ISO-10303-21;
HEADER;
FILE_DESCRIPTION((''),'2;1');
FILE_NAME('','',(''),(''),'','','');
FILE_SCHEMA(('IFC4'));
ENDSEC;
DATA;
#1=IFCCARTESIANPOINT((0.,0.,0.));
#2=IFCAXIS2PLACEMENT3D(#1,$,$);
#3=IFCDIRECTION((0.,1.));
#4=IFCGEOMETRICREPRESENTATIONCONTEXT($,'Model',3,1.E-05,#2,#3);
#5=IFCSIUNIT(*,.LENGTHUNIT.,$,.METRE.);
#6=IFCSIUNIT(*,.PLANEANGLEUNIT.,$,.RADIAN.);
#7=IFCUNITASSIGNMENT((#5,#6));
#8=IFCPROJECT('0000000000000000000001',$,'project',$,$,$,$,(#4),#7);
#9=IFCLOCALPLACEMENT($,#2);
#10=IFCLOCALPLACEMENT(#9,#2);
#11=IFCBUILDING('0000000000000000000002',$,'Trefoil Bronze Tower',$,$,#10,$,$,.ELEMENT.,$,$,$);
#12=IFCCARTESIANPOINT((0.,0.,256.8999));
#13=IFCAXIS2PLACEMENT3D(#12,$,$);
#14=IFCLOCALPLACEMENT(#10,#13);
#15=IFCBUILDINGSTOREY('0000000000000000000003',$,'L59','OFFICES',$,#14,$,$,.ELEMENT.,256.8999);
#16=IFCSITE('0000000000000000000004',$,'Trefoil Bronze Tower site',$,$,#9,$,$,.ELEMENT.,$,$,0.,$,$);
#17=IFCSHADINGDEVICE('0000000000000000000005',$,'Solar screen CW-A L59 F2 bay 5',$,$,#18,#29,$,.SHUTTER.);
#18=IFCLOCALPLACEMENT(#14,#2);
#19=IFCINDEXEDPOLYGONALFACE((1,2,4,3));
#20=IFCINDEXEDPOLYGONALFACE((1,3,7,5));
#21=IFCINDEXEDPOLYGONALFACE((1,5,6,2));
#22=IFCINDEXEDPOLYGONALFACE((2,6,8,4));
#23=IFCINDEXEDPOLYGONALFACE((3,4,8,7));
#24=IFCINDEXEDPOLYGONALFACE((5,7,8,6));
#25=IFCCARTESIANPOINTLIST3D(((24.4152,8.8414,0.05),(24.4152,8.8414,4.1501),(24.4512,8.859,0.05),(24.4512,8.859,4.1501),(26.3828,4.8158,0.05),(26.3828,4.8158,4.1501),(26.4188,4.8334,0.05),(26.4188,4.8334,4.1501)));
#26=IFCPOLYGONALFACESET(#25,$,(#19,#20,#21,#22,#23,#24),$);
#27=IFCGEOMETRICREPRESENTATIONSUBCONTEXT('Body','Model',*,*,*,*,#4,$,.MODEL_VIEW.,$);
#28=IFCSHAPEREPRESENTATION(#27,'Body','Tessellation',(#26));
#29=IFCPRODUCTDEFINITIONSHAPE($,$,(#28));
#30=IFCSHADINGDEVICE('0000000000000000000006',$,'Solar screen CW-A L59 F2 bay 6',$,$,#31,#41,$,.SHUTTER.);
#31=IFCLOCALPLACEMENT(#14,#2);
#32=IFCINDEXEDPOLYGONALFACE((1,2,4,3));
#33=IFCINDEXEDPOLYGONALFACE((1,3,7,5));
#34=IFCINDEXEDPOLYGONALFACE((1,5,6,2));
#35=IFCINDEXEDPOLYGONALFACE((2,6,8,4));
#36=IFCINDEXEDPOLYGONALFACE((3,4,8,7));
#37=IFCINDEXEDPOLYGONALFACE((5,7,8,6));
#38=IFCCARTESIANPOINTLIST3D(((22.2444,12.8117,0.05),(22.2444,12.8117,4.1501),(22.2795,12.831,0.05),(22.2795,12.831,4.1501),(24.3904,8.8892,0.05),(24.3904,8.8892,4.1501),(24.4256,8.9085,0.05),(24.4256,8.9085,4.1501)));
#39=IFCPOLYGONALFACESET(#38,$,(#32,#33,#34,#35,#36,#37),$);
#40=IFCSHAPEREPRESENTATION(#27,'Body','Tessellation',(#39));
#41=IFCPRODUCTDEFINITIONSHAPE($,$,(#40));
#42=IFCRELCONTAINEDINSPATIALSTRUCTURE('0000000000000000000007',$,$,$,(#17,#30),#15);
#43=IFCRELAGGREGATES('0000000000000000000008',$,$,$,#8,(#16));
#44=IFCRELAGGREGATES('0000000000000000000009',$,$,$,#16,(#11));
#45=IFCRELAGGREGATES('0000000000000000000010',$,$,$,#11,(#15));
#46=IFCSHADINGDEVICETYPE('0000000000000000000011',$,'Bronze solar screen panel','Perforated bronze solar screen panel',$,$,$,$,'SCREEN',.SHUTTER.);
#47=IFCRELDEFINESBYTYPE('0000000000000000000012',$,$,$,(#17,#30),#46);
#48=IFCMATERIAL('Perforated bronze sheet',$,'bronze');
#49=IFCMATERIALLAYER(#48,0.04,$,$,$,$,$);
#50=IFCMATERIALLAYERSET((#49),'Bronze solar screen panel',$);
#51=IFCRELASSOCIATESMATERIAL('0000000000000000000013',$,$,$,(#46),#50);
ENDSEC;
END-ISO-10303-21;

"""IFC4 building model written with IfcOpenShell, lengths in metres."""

from ifc_helpers import new_model, si_unit, direction, frame, origin, origin_2d, place, context, subcontext, project, spatial, rectangle, extrude, material, layer, layer_set, type_object, element, save


model = new_model("IFC4")

# Units and contexts
model_context = context("Model", 3, precision=1e-05, world=origin(), true_north=direction((0.0, 1.0)))
body_context = subcontext(model_context, "Body", "Model", "MODEL_VIEW")
ifc_project = project(units=[si_unit("LENGTHUNIT", "METRE"), si_unit("PLANEANGLEUNIT", "RADIAN")], contexts=[model_context])

# Site, building, storey
site_placement = place(None, origin())
site = spatial("IfcSite", under=ifc_project, at=site_placement, Name="Trefoil Bronze Tower site", CompositionType="ELEMENT", RefElevation=0.0)
building_placement = place(site_placement, origin())
building = spatial("IfcBuilding", under=site, at=building_placement, Name="Trefoil Bronze Tower", CompositionType="ELEMENT")
storey_placement = place(building_placement, frame((0.0, 0.0, 256.8999)))
storey = spatial("IfcBuildingStorey", under=building, at=storey_placement, Name="L59", Description="OFFICES", CompositionType="ELEMENT", Elevation=256.8999)

# Shading devices
ifc_material_1 = material(Name="Perforated bronze sheet", Category="bronze")
ifc_layer_1 = layer(ifc_material_1, 0.04)
ifc_layer_set_1 = layer_set([ifc_layer_1], Name="Bronze solar screen panel")
shading_device_type = type_object("IfcShadingDeviceType", Name="Bronze solar screen panel", Description="Perforated bronze solar screen panel", ElementType="SCREEN", PredefinedType="SHUTTER", material=ifc_layer_set_1)
shading_device_1_placement = place(storey_placement, frame((25.417, 6.8374, 0.05), z_axis=(0.0, 0.0, 1.0), x_axis=(-0.439129, 0.898424, 0.0)))
element("IfcShadingDevice", 1, at=shading_device_1_placement, inside=storey, type_object=shading_device_type, Name="Solar screen CW-A L59 F2 bay 5", PredefinedType="SHUTTER", context=body_context, shape_type="SweptSolid", body=[
    extrude(rectangle(XDim=4.4807, YDim=0.04, at=origin_2d()), origin(), (0.0, 0.0, 1.0), 4.1001),
])
shading_device_2_placement = place(storey_placement, frame((23.335, 10.8601, 0.05), z_axis=(0.0, 0.0, 1.0), x_axis=(-0.479974, 0.877283, 0.0)))
element("IfcShadingDevice", 2, at=shading_device_2_placement, inside=storey, type_object=shading_device_type, Name="Solar screen CW-A L59 F2 bay 6", PredefinedType="SHUTTER", context=body_context, shape_type="SweptSolid", body=[
    extrude(rectangle(XDim=4.4712, YDim=0.04, at=origin_2d()), origin(), (0.0, 0.0, 1.0), 4.1001),
])

save(model, "model.ifc")
